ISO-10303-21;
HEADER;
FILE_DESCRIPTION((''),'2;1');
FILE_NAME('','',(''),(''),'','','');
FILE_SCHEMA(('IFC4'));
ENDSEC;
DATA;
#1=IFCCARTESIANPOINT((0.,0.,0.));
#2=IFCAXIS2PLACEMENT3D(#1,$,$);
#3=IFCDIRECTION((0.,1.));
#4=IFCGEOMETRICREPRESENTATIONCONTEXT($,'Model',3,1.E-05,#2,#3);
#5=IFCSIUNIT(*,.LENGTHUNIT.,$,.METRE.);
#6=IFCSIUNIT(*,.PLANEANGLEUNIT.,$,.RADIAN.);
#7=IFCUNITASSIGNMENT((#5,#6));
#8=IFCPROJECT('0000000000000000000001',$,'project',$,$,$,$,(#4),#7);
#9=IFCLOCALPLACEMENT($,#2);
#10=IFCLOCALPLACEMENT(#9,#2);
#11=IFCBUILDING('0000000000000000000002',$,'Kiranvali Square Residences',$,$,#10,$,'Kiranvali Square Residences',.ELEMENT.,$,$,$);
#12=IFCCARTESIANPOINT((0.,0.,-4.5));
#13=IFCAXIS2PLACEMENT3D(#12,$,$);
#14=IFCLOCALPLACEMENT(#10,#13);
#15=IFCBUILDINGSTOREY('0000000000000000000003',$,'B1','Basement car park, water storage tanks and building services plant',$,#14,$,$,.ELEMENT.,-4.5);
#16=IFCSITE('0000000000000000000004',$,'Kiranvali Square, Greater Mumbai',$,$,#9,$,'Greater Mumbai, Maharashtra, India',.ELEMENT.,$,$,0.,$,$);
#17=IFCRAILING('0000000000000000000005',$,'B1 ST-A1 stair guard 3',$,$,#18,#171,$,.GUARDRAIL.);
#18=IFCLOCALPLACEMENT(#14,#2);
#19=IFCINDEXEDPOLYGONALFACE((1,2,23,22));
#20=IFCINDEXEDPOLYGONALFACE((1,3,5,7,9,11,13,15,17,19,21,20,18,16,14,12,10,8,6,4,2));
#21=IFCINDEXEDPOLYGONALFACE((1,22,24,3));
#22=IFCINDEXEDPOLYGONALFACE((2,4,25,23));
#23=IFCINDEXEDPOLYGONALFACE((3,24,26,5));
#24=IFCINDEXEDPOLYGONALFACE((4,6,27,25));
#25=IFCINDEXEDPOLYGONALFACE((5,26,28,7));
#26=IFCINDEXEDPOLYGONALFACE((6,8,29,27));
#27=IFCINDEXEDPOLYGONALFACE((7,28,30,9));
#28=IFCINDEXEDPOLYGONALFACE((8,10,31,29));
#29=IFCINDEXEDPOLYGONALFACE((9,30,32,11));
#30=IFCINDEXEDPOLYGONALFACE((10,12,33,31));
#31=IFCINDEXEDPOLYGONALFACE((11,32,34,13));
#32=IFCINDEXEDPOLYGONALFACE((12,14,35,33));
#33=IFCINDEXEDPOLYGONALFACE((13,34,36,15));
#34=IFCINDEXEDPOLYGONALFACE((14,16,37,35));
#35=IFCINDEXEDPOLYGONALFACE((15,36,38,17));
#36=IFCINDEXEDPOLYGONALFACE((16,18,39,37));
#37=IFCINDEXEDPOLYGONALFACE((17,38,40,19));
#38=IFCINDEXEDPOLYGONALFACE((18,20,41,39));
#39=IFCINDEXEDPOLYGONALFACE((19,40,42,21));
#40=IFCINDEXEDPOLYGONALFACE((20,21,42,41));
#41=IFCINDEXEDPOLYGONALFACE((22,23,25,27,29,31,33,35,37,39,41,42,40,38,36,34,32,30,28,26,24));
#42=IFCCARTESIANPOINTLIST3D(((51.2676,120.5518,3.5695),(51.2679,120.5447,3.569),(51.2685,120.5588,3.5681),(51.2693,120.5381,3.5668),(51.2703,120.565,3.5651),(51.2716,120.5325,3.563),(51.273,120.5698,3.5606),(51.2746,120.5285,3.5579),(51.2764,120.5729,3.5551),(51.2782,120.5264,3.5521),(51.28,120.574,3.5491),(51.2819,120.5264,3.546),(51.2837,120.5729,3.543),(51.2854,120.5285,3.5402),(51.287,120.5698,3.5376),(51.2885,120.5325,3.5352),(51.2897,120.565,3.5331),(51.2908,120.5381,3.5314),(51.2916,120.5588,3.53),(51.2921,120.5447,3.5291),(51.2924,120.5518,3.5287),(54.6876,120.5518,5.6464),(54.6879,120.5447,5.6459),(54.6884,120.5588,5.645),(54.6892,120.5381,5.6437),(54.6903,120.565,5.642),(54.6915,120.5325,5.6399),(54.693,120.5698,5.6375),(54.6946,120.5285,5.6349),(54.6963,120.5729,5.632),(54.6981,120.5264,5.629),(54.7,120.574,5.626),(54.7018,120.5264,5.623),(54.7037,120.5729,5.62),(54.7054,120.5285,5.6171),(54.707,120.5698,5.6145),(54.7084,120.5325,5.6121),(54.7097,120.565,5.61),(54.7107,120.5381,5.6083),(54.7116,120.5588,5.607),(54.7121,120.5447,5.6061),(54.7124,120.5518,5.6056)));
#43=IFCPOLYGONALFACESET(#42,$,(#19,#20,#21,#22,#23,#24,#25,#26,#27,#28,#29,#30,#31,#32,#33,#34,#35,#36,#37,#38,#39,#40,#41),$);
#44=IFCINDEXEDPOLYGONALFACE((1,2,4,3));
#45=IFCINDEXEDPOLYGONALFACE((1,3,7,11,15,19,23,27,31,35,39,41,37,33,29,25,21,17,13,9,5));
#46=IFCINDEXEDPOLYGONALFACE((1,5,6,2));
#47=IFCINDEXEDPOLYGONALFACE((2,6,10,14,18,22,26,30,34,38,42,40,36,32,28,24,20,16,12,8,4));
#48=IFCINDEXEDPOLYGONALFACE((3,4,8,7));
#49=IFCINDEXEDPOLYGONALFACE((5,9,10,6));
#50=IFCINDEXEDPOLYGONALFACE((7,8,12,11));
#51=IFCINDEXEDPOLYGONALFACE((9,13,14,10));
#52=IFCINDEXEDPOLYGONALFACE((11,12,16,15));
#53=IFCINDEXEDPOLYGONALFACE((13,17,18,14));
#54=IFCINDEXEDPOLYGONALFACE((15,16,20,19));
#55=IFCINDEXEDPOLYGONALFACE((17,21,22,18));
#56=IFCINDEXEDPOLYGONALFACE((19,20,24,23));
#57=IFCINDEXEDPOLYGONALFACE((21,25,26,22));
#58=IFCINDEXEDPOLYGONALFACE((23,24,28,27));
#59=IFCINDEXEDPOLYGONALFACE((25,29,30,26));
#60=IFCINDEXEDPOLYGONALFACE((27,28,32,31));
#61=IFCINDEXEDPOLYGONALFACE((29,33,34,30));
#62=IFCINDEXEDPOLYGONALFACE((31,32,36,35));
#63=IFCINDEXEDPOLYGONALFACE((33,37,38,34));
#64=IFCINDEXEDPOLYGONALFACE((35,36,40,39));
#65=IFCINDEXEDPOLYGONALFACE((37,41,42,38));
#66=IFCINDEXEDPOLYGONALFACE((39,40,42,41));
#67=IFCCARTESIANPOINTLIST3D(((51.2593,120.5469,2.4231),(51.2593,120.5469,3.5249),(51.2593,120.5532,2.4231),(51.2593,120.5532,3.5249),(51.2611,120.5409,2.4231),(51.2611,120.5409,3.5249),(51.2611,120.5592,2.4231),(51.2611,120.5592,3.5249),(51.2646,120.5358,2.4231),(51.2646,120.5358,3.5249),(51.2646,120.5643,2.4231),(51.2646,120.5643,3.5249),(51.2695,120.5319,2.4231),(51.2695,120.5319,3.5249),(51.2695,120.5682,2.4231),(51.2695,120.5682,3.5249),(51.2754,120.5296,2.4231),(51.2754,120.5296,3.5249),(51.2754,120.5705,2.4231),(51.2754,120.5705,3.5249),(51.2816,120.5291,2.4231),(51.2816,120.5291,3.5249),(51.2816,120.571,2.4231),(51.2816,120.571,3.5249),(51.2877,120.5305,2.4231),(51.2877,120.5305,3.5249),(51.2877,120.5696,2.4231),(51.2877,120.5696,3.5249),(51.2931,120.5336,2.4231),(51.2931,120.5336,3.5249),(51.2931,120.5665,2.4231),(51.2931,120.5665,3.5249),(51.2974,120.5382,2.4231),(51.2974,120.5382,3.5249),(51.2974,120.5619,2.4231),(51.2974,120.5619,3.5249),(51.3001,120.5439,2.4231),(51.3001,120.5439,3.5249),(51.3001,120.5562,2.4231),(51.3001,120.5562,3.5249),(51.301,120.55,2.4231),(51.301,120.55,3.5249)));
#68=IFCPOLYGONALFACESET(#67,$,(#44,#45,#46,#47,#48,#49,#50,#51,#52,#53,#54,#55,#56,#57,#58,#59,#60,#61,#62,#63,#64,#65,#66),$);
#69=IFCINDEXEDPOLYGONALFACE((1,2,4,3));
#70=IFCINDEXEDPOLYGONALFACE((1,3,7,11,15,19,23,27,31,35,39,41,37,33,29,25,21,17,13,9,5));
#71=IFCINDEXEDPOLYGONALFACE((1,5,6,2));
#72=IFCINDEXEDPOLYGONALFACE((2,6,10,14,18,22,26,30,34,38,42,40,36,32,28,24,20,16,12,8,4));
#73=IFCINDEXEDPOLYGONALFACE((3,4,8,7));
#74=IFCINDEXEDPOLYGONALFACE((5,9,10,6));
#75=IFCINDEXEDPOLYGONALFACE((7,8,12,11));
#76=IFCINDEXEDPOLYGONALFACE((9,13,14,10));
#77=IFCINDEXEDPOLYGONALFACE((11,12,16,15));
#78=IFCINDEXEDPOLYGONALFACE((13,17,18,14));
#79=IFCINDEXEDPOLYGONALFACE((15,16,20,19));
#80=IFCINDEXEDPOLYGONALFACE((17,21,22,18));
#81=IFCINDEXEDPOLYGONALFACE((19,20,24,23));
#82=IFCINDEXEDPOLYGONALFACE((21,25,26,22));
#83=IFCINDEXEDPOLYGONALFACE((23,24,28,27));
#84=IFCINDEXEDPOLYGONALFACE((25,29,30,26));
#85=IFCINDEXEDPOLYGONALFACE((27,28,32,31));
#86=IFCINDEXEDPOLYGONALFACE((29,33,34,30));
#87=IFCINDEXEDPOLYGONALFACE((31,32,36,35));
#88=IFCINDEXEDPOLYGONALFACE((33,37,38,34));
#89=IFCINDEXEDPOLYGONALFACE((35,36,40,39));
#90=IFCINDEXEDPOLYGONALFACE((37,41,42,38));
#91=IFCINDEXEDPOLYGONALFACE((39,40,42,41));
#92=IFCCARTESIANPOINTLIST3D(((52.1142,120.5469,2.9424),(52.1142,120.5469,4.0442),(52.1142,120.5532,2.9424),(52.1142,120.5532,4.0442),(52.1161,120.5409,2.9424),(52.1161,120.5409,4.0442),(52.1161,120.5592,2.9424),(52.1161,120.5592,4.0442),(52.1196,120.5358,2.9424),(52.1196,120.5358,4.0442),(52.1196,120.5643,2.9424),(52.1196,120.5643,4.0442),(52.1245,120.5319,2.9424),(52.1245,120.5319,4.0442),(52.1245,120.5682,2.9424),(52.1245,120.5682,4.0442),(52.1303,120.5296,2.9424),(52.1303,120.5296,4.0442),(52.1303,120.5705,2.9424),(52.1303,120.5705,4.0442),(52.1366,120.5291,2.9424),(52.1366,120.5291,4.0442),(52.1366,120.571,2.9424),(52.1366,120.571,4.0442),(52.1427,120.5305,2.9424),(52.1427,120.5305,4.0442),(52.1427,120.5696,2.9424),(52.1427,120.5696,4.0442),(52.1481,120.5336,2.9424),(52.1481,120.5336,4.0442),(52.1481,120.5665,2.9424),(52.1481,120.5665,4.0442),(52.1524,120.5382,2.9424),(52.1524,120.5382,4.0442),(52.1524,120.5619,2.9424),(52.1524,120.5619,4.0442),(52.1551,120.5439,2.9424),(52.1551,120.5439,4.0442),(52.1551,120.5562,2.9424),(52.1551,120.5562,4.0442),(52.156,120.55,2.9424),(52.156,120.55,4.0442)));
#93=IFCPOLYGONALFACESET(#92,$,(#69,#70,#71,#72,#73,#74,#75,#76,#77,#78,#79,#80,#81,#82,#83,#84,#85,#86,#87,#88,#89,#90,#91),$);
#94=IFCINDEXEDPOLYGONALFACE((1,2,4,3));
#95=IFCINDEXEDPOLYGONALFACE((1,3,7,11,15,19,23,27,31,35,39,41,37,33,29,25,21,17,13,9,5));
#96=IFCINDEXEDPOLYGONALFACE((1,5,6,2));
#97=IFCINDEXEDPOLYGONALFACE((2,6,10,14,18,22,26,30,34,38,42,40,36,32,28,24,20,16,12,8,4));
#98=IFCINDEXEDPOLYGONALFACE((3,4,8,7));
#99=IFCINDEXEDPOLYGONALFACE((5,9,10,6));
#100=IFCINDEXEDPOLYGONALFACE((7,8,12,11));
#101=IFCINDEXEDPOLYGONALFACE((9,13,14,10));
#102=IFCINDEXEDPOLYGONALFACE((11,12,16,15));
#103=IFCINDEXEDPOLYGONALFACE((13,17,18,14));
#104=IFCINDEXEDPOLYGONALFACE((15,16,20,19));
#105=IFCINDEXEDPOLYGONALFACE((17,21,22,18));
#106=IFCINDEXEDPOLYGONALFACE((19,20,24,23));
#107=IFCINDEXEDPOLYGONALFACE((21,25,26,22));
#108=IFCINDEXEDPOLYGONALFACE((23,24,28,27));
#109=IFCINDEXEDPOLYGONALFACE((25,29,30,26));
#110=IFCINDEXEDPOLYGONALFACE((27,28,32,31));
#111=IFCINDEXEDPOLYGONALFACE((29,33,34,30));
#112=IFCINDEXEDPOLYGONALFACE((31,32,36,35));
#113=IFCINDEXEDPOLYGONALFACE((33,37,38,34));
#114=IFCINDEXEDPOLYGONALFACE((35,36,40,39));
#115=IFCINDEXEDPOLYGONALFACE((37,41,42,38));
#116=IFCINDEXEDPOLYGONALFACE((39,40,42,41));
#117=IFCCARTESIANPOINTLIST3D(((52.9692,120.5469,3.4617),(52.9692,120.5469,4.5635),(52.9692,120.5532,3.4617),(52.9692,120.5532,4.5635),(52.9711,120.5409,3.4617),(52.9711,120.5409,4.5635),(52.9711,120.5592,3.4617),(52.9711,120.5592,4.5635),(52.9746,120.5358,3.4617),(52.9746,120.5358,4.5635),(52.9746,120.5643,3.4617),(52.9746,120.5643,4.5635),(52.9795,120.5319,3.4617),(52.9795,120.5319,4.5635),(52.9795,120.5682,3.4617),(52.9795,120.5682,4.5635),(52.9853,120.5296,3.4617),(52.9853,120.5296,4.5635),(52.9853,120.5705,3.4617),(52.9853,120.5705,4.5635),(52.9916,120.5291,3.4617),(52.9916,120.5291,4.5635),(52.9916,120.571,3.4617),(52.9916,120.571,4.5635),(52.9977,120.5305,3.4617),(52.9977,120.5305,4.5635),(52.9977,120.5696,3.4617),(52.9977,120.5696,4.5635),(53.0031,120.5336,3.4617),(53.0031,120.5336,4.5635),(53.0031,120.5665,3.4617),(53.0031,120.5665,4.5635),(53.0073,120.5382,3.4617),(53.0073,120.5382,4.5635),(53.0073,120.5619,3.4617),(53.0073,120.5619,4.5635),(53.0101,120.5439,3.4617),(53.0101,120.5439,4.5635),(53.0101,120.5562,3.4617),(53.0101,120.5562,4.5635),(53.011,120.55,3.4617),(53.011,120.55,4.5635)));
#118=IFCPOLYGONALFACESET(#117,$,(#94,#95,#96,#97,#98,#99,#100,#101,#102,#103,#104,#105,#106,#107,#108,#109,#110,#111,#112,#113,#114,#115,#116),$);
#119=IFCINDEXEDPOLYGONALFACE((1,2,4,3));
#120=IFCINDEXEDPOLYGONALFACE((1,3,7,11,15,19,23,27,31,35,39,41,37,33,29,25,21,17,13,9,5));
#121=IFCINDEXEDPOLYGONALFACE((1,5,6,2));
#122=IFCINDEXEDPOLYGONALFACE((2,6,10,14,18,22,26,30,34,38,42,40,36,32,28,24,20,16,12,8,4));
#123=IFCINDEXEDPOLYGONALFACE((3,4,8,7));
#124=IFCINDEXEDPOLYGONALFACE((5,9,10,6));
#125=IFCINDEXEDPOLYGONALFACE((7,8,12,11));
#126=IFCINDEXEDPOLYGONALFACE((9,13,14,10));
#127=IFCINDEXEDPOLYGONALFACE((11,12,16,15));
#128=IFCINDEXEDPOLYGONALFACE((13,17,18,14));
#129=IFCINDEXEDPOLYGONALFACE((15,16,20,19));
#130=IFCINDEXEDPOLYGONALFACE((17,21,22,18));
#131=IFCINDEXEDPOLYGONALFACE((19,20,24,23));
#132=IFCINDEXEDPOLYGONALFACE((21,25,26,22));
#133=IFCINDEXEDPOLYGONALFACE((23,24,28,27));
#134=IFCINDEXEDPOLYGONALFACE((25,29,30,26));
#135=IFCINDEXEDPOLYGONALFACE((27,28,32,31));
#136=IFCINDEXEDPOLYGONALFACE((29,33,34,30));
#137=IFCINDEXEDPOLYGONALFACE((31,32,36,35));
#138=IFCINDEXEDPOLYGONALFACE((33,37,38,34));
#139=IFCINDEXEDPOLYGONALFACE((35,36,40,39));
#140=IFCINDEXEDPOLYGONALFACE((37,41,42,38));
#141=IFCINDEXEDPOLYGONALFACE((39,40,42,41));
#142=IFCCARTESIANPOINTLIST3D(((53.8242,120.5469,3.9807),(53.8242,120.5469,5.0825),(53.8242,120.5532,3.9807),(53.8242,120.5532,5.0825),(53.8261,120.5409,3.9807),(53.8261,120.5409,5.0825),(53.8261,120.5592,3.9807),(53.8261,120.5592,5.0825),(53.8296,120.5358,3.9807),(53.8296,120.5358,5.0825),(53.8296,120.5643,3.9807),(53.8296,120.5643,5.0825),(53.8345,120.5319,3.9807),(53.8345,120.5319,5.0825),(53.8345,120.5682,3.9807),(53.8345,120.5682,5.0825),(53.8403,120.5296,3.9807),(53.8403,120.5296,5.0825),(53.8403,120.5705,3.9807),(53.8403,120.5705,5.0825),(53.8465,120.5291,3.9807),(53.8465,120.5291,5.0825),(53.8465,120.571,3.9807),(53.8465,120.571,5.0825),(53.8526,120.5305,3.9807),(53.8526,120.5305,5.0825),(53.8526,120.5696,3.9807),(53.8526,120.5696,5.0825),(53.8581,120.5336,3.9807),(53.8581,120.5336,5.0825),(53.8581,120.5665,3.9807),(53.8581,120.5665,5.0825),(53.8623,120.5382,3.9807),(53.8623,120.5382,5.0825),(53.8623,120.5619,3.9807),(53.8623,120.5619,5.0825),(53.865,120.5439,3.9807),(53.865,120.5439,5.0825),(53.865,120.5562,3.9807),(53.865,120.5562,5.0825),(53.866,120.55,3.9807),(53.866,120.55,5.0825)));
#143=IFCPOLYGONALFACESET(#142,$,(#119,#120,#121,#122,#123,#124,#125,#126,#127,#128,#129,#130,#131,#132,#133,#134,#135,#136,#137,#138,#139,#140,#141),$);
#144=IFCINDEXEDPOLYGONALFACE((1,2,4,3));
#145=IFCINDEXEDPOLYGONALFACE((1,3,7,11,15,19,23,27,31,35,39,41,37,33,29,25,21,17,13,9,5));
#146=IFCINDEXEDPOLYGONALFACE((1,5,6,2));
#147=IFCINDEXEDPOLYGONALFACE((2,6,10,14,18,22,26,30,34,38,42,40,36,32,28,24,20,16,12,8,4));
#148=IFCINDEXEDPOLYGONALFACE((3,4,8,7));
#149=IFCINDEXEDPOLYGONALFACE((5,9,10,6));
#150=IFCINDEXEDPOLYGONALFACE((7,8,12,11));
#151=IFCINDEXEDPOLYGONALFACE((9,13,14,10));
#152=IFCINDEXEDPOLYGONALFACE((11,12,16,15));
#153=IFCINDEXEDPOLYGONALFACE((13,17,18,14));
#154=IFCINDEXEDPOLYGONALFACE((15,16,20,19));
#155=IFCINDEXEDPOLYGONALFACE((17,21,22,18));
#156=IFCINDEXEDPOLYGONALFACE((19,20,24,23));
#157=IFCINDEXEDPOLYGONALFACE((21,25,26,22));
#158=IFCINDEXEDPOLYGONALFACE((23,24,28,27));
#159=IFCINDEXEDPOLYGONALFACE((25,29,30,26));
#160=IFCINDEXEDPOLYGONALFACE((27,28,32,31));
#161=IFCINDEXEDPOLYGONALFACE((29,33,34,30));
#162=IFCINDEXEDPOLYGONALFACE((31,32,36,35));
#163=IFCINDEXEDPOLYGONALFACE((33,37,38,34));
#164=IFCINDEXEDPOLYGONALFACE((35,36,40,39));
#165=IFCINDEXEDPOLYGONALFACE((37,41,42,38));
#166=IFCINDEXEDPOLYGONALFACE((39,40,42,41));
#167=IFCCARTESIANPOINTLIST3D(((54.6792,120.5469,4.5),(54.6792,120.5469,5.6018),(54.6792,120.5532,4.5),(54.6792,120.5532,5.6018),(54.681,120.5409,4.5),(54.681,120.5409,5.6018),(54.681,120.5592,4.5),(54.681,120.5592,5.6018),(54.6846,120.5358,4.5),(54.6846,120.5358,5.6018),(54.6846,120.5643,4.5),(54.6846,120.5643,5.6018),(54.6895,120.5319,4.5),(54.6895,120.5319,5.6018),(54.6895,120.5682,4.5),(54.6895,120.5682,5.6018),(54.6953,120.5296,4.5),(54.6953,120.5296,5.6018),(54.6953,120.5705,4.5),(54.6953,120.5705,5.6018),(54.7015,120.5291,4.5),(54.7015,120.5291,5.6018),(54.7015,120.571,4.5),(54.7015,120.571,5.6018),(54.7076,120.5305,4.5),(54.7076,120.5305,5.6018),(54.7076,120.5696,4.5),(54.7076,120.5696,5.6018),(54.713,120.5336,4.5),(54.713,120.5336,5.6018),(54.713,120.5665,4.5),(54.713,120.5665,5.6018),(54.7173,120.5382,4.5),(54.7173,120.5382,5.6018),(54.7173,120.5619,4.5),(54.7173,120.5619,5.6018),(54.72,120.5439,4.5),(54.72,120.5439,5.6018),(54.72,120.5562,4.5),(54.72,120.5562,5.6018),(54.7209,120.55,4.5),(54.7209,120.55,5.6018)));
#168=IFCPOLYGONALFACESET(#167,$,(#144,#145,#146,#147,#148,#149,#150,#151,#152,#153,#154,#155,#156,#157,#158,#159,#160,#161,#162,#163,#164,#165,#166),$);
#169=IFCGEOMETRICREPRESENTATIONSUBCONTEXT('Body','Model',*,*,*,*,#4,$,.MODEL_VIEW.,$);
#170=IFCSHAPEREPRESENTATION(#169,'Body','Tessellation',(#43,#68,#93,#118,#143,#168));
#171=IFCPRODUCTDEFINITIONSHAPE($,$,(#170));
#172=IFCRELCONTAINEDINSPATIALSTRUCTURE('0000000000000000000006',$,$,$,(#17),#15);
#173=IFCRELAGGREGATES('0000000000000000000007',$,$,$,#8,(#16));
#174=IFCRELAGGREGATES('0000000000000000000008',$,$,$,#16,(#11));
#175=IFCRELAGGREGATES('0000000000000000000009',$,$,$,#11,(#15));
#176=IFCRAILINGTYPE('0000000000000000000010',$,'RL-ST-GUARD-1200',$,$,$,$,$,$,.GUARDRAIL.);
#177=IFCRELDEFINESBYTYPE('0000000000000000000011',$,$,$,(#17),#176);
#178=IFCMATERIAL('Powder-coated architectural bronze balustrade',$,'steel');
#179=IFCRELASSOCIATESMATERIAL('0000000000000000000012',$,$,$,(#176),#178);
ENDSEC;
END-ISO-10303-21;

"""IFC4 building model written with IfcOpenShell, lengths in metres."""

from ifc_helpers import new_model, si_unit, direction, frame, origin, origin_2d, place, context, subcontext, project, spatial, circle, extrude, material, type_object, element, save


model = new_model("IFC4")

# Units and contexts
model_context = context("Model", 3, precision=1e-05, world=origin(), true_north=direction((0.0, 1.0)))
body_context = subcontext(model_context, "Body", "Model", "MODEL_VIEW")
ifc_project = project(units=[si_unit("LENGTHUNIT", "METRE"), si_unit("PLANEANGLEUNIT", "RADIAN")], contexts=[model_context])

# Site, building, storey
site_placement = place(None, origin())
site = spatial("IfcSite", under=ifc_project, at=site_placement, Name="Kiranvali Square, Greater Mumbai", LongName="Greater Mumbai, Maharashtra, India", CompositionType="ELEMENT", RefElevation=0.0)
building_placement = place(site_placement, origin())
building = spatial("IfcBuilding", under=site, at=building_placement, Name="Kiranvali Square Residences", LongName="Kiranvali Square Residences", CompositionType="ELEMENT")
storey_placement = place(building_placement, frame((0.0, 0.0, -4.5)))
storey = spatial("IfcBuildingStorey", under=building, at=storey_placement, Name="B1", Description="Basement car park, water storage tanks and building services plant", CompositionType="ELEMENT", Elevation=-4.5)

# Railing
ifc_material_1 = material(Name="Powder-coated architectural bronze balustrade", Category="steel")
railing_type_1 = type_object("IfcRailingType", Name="RL-ST-GUARD-1200", PredefinedType="GUARDRAIL", material=ifc_material_1)
railing_1_placement = place(storey_placement, frame((51.28, 120.55, 2.4231)))
element("IfcRailing", 1, at=railing_1_placement, inside=storey, type_object=railing_type_1, Name="B1 ST-A1 stair guard 3", PredefinedType="GUARDRAIL", context=body_context, shape_type="SweptSolid", body=[
    extrude(circle(Radius=0.0239, at=origin_2d()), frame((0.0, 0.0, 1.126), z_axis=(0.85473, 0.0, 0.519074), x_axis=(0.0, 1.0, 0.0)), (0.0, 0.0, 1.0), 4.0012),
    extrude(circle(Radius=0.021, at=origin_2d()), origin(), (0.0, 0.0, 1.0), 1.1018),
    extrude(circle(Radius=0.021, at=origin_2d()), frame((0.855, 0.0, 0.5193)), (0.0, 0.0, 1.0), 1.1018),
    extrude(circle(Radius=0.021, at=origin_2d()), frame((1.71, 0.0, 1.0386)), (0.0, 0.0, 1.0), 1.1018),
    extrude(circle(Radius=0.021, at=origin_2d()), frame((2.5649, 0.0, 1.5576)), (0.0, 0.0, 1.0), 1.1018),
    extrude(circle(Radius=0.021, at=origin_2d()), frame((3.4199, 0.0, 2.0769)), (0.0, 0.0, 1.0), 1.1018),
])

save(model, "model.ifc")
